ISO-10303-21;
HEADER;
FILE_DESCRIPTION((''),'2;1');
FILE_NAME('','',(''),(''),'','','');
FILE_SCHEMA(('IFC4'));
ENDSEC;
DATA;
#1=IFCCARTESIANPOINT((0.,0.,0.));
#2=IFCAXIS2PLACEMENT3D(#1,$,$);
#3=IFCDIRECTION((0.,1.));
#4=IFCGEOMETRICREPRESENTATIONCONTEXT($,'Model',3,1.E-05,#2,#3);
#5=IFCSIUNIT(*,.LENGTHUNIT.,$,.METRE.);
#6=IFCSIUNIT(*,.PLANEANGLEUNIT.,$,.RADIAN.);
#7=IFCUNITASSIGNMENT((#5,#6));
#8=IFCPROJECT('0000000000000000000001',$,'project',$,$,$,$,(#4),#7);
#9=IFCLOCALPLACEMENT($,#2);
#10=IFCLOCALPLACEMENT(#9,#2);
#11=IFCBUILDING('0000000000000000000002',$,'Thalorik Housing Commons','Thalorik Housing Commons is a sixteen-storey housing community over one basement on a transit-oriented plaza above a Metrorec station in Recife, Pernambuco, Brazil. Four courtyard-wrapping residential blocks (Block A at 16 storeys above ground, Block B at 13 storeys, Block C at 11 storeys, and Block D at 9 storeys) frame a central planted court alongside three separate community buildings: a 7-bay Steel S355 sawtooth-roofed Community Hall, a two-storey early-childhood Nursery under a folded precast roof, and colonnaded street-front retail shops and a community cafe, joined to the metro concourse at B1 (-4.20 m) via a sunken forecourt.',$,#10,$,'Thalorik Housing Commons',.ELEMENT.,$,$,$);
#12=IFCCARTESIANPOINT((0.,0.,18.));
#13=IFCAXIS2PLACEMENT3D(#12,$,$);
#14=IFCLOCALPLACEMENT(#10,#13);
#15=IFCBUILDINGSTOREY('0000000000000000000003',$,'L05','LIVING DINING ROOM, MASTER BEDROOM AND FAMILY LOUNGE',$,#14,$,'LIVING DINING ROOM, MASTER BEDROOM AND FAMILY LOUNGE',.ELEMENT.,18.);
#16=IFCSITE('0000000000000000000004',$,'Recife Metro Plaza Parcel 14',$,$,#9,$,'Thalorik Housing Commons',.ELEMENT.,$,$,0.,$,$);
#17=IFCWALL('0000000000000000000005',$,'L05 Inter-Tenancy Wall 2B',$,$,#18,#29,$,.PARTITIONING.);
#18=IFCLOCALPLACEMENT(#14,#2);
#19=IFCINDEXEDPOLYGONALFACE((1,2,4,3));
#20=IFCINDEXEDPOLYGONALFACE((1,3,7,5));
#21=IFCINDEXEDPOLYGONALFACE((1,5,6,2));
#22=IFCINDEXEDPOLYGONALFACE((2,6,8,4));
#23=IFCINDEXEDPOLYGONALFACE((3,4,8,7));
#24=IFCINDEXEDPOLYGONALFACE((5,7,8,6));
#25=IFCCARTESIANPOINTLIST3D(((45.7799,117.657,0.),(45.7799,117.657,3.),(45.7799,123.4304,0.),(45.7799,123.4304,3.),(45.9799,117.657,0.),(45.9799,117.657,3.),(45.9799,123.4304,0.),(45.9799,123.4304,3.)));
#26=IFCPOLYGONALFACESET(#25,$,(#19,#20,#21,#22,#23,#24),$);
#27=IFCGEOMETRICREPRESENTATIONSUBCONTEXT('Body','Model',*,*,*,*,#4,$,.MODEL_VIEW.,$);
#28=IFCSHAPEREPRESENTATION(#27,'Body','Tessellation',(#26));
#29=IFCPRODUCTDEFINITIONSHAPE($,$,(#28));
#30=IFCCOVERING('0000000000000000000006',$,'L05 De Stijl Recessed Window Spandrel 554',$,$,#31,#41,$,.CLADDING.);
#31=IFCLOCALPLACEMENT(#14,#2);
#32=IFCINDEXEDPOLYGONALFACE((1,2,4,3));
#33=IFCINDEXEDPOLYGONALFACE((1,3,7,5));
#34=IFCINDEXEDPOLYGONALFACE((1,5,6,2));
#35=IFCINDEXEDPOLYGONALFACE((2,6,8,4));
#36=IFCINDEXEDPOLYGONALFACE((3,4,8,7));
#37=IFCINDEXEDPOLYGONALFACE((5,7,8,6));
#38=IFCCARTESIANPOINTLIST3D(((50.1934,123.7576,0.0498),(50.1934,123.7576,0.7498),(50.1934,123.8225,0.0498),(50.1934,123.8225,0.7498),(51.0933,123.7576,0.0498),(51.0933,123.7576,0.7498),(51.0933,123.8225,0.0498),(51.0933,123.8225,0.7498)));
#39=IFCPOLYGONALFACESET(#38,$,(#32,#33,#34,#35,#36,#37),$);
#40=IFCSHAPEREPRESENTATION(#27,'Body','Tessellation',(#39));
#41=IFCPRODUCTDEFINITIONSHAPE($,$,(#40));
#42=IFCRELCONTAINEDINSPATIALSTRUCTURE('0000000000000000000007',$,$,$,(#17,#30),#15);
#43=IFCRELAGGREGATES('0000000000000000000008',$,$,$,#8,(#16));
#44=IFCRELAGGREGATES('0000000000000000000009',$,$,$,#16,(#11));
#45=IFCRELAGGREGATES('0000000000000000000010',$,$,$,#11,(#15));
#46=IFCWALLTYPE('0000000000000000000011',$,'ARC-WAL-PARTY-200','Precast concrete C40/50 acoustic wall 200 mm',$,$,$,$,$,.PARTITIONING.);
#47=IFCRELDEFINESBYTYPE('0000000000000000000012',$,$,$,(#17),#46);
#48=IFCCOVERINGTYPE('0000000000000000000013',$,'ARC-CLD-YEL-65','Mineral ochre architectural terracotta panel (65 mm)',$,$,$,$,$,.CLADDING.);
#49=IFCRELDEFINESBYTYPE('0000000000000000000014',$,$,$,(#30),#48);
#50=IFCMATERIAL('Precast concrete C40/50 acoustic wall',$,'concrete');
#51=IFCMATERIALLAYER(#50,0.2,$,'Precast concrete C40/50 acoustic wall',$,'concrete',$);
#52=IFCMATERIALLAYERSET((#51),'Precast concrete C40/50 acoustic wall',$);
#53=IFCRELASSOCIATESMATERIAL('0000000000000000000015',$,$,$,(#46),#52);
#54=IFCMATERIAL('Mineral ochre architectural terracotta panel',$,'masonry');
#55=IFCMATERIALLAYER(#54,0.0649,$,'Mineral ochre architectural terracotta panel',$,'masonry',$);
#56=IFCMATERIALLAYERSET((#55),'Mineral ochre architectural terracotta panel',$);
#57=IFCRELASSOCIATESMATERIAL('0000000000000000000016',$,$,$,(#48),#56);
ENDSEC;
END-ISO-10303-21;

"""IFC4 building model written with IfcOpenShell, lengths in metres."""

from ifc_helpers import new_model, si_unit, direction, frame, frame_2d, origin, origin_2d, place, context, subcontext, project, spatial, rectangle, extrude, material, layer, layer_set, type_object, element, save


model = new_model("IFC4")

# Units and contexts
model_context = context("Model", 3, precision=1e-05, world=origin(), true_north=direction((0.0, 1.0)))
body_context = subcontext(model_context, "Body", "Model", "MODEL_VIEW")
ifc_project = project(units=[si_unit("LENGTHUNIT", "METRE"), si_unit("PLANEANGLEUNIT", "RADIAN")], contexts=[model_context])

# Site, building, storey
site_placement = place(None, origin())
site = spatial("IfcSite", under=ifc_project, at=site_placement, Name="Recife Metro Plaza Parcel 14", LongName="Thalorik Housing Commons", CompositionType="ELEMENT", RefElevation=0.0)
building_placement = place(site_placement, origin())
building = spatial("IfcBuilding", under=site, at=building_placement, Name="Thalorik Housing Commons", Description="Thalorik Housing Commons is a sixteen-storey housing community over one basement on a transit-oriented plaza above a Metrorec station in Recife, Pernambuco, Brazil. Four courtyard-wrapping residential blocks (Block A at 16 storeys above ground, Block B at 13 storeys, Block C at 11 storeys, and Block D at 9 storeys) frame a central planted court alongside three separate community buildings: a 7-bay Steel S355 sawtooth-roofed Community Hall, a two-storey early-childhood Nursery under a folded precast roof, and colonnaded street-front retail shops and a community cafe, joined to the metro concourse at B1 (-4.20 m) via a sunken forecourt.", LongName="Thalorik Housing Commons", CompositionType="ELEMENT")
storey_placement = place(building_placement, frame((0.0, 0.0, 18.0)))
storey = spatial("IfcBuildingStorey", under=building, at=storey_placement, Name="L05", Description="LIVING DINING ROOM, MASTER BEDROOM AND FAMILY LOUNGE", LongName="LIVING DINING ROOM, MASTER BEDROOM AND FAMILY LOUNGE", CompositionType="ELEMENT", Elevation=18.0)

# Wall
ifc_material_1 = material(Name="Precast concrete C40/50 acoustic wall", Category="concrete")
ifc_layer_1 = layer(ifc_material_1, 0.2, Name="Precast concrete C40/50 acoustic wall", Category="concrete")
ifc_layer_set_1 = layer_set([ifc_layer_1], Name="Precast concrete C40/50 acoustic wall")
wall_type_1 = type_object("IfcWallType", Name="ARC-WAL-PARTY-200", Description="Precast concrete C40/50 acoustic wall 200 mm", PredefinedType="PARTITIONING", material=ifc_layer_set_1)
wall_1_placement = place(storey_placement, frame((45.8799, 117.657, 0.0), z_axis=(0.0, 0.0, 1.0), x_axis=(0.0, 1.0, 0.0)))
element("IfcWall", 1, at=wall_1_placement, inside=storey, type_object=wall_type_1, Name="L05 Inter-Tenancy Wall 2B", PredefinedType="PARTITIONING", context=body_context, shape_type="SweptSolid", body=[
    extrude(rectangle(XDim=5.7734, YDim=0.2, at=frame_2d((2.8867, 0.0))), origin(), (0.0, 0.0, 1.0), 3.0),
])

# Covering
ifc_material_2 = material(Name="Mineral ochre architectural terracotta panel", Category="masonry")
ifc_layer_2 = layer(ifc_material_2, 0.0649, Name="Mineral ochre architectural terracotta panel", Category="masonry")
ifc_layer_set_2 = layer_set([ifc_layer_2], Name="Mineral ochre architectural terracotta panel")
covering_type_1 = type_object("IfcCoveringType", Name="ARC-CLD-YEL-65", Description="Mineral ochre architectural terracotta panel (65 mm)", PredefinedType="CLADDING", material=ifc_layer_set_2)
covering_1_placement = place(storey_placement, frame((50.6433, 123.79, 0.0498), z_axis=(0.0, 0.0, 1.0), x_axis=(-1.0, 0.0, 0.0)))
element("IfcCovering", 2, at=covering_1_placement, inside=storey, type_object=covering_type_1, Name="L05 De Stijl Recessed Window Spandrel 554", PredefinedType="CLADDING", context=body_context, shape_type="SweptSolid", body=[
    extrude(rectangle(XDim=0.8999, YDim=0.0649, at=origin_2d()), origin(), (0.0, 0.0, 1.0), 0.7),
])

save(model, "model.ifc")
